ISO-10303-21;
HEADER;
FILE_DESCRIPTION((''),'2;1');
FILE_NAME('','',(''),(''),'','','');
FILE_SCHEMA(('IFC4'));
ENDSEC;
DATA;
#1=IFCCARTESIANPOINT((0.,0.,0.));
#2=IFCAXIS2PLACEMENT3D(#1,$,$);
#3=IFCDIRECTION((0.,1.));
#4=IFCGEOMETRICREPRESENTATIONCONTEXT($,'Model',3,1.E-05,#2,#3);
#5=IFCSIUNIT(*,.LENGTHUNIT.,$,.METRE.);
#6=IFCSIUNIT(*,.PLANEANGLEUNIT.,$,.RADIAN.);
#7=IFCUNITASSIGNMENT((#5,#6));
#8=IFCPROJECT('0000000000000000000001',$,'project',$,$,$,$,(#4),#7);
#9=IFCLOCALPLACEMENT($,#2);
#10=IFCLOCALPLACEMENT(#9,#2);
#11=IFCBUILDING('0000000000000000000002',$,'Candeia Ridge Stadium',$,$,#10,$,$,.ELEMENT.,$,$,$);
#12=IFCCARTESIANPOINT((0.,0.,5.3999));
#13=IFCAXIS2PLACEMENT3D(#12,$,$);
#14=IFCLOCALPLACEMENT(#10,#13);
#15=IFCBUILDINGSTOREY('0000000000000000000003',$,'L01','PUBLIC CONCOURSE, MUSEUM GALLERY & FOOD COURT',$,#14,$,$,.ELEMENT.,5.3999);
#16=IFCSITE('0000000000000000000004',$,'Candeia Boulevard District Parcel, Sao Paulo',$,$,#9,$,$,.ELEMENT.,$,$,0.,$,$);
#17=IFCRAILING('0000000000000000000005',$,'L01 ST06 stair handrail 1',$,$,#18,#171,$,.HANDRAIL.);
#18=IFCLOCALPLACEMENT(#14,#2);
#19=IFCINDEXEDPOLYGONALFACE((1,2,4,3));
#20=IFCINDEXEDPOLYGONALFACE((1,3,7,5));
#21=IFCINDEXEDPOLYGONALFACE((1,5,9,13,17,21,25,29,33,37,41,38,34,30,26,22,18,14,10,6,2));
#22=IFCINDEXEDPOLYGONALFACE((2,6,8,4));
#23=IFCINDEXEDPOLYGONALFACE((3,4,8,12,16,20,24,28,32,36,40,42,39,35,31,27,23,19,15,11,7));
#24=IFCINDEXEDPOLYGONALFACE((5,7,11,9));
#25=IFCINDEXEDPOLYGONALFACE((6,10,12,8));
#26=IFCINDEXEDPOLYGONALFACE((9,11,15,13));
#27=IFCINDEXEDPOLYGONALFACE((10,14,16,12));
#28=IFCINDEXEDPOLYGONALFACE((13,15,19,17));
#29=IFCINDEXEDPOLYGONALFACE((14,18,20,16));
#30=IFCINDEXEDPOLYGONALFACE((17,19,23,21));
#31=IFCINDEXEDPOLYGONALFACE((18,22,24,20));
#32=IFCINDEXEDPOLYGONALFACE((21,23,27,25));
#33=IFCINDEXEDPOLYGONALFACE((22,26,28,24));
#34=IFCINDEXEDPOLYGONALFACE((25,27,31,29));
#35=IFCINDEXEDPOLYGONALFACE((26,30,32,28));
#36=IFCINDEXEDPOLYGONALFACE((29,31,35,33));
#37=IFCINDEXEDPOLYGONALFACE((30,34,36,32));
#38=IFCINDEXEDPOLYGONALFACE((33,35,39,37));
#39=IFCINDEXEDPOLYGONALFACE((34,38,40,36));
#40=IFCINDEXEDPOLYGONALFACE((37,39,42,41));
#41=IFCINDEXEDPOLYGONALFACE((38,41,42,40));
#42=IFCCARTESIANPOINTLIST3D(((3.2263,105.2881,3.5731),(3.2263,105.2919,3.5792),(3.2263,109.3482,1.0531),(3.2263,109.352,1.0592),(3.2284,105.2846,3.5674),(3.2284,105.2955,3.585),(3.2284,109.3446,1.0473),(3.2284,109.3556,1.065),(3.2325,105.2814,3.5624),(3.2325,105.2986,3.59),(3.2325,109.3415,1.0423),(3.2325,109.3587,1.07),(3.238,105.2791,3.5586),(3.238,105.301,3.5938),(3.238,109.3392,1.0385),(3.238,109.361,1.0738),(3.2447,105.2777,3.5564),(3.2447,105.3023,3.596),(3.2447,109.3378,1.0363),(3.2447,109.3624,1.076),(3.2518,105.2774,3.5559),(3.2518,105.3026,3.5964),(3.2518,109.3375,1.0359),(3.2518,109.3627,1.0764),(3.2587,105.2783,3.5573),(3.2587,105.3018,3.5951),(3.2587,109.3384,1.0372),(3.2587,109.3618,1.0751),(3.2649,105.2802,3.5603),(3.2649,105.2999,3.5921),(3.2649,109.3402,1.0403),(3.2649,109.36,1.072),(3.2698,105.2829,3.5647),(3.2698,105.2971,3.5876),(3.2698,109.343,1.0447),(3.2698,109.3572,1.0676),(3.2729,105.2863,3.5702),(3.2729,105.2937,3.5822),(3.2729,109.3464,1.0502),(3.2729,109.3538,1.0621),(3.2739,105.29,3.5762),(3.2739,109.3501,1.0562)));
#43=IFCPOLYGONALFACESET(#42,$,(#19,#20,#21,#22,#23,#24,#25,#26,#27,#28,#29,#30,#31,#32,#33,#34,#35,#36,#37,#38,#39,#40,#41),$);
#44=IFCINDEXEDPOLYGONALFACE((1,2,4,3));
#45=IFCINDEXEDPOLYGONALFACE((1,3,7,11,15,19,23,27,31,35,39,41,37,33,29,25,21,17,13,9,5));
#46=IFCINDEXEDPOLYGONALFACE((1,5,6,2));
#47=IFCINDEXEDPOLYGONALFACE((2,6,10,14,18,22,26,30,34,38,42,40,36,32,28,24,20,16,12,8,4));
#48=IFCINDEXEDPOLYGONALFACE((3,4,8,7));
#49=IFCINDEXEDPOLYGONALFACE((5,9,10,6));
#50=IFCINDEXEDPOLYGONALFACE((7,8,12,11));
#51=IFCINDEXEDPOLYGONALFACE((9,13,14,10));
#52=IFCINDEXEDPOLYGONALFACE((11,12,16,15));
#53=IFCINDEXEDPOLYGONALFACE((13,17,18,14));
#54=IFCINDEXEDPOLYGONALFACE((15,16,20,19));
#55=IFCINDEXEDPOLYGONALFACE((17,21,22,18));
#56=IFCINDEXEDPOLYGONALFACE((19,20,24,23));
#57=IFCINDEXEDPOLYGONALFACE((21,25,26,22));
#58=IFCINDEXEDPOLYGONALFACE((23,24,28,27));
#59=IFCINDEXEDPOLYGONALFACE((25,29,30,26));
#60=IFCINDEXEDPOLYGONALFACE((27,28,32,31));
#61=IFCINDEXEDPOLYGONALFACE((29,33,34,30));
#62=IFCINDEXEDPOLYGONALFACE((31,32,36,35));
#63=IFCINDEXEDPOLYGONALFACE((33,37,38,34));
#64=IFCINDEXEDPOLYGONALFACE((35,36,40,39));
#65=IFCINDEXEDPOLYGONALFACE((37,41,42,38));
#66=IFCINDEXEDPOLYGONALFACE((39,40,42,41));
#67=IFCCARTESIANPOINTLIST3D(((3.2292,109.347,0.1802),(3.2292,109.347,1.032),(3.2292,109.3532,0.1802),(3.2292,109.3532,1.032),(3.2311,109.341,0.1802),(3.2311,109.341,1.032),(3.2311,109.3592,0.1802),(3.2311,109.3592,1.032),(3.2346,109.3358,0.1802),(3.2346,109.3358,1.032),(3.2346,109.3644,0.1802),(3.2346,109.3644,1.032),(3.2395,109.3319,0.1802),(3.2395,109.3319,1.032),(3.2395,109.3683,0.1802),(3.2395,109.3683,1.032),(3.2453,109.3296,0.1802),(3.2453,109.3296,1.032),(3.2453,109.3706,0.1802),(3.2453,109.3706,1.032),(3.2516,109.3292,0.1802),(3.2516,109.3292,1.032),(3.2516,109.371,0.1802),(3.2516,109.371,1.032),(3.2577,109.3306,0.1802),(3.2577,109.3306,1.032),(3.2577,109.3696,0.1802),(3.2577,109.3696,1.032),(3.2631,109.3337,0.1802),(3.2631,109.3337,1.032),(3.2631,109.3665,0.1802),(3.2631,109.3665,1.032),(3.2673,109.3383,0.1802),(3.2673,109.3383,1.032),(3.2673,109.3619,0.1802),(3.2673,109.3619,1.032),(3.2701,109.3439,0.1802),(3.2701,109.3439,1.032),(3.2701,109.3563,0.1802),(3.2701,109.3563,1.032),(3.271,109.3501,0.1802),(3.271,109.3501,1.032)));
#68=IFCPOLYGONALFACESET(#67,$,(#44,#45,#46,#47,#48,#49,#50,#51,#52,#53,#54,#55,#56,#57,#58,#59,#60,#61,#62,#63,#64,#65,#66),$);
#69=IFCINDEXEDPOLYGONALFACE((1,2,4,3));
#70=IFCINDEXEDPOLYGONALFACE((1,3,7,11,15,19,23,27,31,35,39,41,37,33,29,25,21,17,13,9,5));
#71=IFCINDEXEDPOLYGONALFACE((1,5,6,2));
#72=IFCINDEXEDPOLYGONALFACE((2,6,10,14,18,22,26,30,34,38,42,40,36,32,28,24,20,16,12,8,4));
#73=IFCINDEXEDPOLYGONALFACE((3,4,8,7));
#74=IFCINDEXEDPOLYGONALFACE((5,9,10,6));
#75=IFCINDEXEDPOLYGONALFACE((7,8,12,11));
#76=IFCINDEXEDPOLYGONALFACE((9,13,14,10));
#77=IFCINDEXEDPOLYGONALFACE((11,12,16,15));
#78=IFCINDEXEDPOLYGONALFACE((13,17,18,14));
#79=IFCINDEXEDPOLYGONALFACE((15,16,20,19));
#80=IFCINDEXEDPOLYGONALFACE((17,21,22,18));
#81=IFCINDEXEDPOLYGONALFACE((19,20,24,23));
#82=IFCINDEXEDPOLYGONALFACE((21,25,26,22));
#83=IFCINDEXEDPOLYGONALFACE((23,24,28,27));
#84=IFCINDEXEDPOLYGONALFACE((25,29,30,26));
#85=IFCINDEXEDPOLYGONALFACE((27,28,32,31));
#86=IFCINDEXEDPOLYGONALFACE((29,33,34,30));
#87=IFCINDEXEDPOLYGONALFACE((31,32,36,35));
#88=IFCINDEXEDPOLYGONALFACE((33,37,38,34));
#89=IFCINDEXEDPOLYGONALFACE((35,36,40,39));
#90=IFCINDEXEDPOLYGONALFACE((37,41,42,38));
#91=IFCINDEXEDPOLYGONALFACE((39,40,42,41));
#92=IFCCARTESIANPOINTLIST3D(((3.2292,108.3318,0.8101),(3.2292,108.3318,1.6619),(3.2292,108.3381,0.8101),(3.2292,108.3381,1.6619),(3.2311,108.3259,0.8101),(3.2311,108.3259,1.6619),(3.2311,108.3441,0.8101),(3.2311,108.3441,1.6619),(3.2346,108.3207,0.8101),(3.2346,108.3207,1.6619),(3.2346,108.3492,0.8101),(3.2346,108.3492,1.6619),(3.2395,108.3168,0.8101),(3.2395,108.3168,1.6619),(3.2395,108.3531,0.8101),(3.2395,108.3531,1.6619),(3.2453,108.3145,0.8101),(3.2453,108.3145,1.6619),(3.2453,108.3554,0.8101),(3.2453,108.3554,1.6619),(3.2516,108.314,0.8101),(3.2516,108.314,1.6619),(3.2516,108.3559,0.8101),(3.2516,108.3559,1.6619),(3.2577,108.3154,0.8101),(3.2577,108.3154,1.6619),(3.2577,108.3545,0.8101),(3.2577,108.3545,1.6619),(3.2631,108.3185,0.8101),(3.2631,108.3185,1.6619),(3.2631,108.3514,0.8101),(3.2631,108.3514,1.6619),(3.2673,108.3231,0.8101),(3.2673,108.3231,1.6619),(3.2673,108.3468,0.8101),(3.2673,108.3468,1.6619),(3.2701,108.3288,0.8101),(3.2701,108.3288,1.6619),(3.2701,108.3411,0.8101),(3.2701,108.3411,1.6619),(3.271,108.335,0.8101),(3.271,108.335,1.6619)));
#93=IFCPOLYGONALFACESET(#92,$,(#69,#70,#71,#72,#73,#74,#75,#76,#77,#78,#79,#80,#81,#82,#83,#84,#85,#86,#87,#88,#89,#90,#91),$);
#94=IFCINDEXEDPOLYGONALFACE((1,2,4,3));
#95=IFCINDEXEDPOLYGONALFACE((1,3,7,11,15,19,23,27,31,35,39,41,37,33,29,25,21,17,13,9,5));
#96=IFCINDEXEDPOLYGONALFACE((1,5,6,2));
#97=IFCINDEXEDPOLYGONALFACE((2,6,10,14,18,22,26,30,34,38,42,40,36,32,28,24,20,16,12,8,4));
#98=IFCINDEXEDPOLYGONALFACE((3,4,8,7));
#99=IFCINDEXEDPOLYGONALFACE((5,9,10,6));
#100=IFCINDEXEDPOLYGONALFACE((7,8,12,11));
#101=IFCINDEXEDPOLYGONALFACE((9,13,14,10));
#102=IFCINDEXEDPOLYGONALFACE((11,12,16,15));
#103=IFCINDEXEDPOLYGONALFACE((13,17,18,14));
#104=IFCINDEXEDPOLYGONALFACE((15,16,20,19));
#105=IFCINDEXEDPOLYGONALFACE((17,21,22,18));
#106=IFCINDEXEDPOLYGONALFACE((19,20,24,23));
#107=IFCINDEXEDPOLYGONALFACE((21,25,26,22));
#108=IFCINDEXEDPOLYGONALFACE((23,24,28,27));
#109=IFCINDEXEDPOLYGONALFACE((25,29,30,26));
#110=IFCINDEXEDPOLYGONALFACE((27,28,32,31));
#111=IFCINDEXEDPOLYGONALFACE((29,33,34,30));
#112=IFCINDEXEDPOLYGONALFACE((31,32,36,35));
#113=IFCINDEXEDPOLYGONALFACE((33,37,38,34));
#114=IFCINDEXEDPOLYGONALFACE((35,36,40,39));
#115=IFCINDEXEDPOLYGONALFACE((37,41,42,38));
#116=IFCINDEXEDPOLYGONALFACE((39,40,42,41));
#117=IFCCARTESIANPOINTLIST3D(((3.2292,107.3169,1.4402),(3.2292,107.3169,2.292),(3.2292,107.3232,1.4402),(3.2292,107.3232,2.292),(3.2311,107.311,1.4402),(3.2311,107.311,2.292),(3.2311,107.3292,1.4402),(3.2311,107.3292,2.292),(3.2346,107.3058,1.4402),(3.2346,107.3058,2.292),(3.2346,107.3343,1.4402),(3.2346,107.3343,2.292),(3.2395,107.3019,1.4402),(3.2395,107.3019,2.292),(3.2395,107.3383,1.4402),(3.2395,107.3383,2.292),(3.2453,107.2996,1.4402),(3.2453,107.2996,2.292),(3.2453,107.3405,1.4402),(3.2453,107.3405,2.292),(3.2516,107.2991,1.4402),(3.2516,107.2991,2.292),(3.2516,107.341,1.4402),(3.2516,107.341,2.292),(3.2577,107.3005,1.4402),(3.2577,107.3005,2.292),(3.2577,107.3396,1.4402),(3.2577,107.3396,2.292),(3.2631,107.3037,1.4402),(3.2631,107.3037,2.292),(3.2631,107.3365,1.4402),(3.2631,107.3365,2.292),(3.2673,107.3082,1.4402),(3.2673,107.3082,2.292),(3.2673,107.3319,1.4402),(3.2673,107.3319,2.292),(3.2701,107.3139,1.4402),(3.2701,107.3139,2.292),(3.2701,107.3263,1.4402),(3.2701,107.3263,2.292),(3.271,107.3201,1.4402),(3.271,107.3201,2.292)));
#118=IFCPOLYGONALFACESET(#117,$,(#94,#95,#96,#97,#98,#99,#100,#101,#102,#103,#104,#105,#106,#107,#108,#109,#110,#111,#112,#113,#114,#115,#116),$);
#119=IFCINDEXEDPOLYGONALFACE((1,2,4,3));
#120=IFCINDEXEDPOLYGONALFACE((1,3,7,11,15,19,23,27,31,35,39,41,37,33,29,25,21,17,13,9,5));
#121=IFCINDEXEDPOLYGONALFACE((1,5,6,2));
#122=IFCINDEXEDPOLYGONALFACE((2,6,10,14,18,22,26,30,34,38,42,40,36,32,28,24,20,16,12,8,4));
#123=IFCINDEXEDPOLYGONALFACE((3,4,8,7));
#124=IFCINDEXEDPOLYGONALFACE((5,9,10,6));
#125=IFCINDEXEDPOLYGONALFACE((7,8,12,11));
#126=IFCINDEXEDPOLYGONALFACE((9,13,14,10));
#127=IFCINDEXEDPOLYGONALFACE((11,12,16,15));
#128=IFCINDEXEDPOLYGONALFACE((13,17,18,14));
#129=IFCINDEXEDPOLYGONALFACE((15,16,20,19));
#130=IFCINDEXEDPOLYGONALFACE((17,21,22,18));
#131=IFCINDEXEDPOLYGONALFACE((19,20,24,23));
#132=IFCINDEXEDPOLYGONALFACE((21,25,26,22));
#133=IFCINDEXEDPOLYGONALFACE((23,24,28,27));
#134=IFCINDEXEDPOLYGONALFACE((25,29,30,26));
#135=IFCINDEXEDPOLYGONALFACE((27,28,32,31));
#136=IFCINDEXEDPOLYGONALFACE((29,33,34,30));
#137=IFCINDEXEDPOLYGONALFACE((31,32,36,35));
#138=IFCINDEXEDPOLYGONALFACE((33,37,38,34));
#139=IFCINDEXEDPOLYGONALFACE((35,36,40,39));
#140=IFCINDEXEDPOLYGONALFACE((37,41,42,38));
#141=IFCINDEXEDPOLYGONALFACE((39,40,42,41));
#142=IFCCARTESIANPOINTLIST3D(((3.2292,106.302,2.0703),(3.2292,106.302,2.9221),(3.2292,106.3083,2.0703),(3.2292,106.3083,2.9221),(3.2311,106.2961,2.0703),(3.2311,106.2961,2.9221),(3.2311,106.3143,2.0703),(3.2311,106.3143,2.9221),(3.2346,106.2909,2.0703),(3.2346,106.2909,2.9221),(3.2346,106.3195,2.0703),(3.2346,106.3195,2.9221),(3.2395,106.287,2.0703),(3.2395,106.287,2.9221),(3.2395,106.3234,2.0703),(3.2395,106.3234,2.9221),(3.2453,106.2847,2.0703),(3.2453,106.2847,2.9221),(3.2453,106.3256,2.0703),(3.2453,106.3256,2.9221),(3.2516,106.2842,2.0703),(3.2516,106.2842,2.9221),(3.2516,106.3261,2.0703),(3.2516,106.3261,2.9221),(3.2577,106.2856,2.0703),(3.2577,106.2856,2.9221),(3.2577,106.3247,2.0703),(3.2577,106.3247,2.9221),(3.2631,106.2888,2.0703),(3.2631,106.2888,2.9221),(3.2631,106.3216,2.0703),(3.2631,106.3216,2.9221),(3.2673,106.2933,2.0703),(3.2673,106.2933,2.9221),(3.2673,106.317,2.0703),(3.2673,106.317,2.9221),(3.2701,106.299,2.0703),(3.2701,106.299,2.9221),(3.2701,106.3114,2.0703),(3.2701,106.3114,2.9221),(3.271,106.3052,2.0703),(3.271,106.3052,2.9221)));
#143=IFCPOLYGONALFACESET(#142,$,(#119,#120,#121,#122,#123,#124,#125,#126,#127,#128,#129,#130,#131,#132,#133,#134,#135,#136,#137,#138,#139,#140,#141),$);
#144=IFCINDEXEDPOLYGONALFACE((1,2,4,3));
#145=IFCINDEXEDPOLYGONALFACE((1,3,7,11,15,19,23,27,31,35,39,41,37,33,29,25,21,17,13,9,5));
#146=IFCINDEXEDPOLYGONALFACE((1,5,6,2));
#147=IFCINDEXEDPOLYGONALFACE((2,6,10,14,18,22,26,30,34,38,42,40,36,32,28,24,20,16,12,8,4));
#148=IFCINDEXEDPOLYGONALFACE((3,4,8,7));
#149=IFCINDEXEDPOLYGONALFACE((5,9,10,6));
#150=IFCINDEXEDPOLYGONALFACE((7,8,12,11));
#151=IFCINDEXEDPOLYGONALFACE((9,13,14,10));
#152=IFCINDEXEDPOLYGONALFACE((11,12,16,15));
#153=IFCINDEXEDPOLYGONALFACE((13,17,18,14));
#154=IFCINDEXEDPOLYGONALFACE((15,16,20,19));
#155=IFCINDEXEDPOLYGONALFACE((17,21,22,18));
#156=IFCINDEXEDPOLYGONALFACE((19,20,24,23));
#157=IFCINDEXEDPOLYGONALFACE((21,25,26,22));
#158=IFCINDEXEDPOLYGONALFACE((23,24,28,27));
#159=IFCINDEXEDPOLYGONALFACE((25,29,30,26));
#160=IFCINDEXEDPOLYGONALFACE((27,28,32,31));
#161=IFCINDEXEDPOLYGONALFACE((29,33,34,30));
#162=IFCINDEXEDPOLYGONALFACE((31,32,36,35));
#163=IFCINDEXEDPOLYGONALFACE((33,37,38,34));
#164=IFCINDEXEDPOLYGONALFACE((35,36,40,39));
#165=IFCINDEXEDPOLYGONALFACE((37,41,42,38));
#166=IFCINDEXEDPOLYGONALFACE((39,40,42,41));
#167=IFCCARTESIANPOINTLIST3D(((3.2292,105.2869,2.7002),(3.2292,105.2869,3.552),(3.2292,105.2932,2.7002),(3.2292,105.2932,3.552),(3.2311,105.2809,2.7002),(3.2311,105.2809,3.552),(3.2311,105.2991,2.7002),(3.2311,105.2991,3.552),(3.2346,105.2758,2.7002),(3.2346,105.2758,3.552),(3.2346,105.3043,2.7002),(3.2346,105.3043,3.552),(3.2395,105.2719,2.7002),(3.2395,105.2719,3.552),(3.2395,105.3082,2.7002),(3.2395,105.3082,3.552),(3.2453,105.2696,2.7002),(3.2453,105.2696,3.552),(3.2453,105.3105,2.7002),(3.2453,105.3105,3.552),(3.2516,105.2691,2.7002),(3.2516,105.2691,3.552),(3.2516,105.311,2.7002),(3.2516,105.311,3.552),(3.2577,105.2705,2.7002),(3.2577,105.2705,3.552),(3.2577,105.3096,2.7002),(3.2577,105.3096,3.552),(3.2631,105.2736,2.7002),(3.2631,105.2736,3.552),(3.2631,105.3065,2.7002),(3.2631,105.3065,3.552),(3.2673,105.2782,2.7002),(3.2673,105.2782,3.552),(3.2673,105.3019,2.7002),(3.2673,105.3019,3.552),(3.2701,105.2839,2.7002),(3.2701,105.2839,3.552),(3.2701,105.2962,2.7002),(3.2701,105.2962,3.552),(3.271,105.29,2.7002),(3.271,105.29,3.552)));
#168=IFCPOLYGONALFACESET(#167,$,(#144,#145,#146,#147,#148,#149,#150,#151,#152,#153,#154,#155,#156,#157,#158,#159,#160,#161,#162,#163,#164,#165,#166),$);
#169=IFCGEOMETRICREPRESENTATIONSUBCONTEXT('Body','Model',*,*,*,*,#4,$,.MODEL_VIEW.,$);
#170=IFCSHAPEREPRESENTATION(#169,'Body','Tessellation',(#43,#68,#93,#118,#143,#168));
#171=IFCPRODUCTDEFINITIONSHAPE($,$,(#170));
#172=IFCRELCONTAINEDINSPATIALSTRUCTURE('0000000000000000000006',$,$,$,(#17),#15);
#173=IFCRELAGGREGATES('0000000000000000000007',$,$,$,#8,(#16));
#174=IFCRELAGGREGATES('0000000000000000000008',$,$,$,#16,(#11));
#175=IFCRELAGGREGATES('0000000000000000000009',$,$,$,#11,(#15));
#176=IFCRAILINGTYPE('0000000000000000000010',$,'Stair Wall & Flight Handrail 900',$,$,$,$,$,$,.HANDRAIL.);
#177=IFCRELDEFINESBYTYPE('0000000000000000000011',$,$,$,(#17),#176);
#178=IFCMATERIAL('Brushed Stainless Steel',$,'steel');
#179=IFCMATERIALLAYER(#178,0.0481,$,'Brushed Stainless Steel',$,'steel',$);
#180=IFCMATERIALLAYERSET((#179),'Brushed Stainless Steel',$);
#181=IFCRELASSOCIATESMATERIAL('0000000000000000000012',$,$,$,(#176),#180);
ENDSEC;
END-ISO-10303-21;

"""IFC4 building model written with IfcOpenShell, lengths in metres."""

from ifc_helpers import new_model, si_unit, direction, frame, origin, origin_2d, place, context, subcontext, project, spatial, circle, extrude, material, layer, layer_set, type_object, element, save


model = new_model("IFC4")

# Units and contexts
model_context = context("Model", 3, precision=1e-05, world=origin(), true_north=direction((0.0, 1.0)))
body_context = subcontext(model_context, "Body", "Model", "MODEL_VIEW")
ifc_project = project(units=[si_unit("LENGTHUNIT", "METRE"), si_unit("PLANEANGLEUNIT", "RADIAN")], contexts=[model_context])

# Site, building, storey
site_placement = place(None, origin())
site = spatial("IfcSite", under=ifc_project, at=site_placement, Name="Candeia Boulevard District Parcel, Sao Paulo", CompositionType="ELEMENT", RefElevation=0.0)
building_placement = place(site_placement, origin())
building = spatial("IfcBuilding", under=site, at=building_placement, Name="Candeia Ridge Stadium", CompositionType="ELEMENT")
storey_placement = place(building_placement, frame((0.0, 0.0, 5.3999)))
storey = spatial("IfcBuildingStorey", under=building, at=storey_placement, Name="L01", Description="PUBLIC CONCOURSE, MUSEUM GALLERY & FOOD COURT", CompositionType="ELEMENT", Elevation=5.3999)

# Railing
ifc_material_1 = material(Name="Brushed Stainless Steel", Category="steel")
ifc_layer_1 = layer(ifc_material_1, 0.0481, Name="Brushed Stainless Steel", Category="steel")
ifc_layer_set_1 = layer_set([ifc_layer_1], Name="Brushed Stainless Steel")
railing_type_1 = type_object("IfcRailingType", Name="Stair Wall & Flight Handrail 900", PredefinedType="HANDRAIL", material=ifc_layer_set_1)
railing_1_placement = place(storey_placement, frame((3.25, 109.3501, 0.1802)))
element("IfcRailing", 1, at=railing_1_placement, inside=storey, type_object=railing_type_1, Name="L01 ST06 stair handrail 1", PredefinedType="HANDRAIL", context=body_context, shape_type="SweptSolid", body=[
    extrude(circle(Radius=0.0239, at=origin_2d()), frame((0.0, 0.0, 0.876), z_axis=(0.0, -0.849642, 0.52736), x_axis=(1.0, 0.0, 0.0)), (0.0, 0.0, 1.0), 4.7786),
    extrude(circle(Radius=0.021, at=origin_2d()), origin(), (0.0, 0.0, 1.0), 0.8518),
    extrude(circle(Radius=0.021, at=origin_2d()), frame((0.0, -1.0151, 0.6299)), (0.0, 0.0, 1.0), 0.8518),
    extrude(circle(Radius=0.021, at=origin_2d()), frame((0.0, -2.03, 1.26)), (0.0, 0.0, 1.0), 0.8518),
    extrude(circle(Radius=0.021, at=origin_2d()), frame((0.0, -3.0449, 1.8901)), (0.0, 0.0, 1.0), 0.8518),
    extrude(circle(Radius=0.021, at=origin_2d()), frame((0.0, -4.0601, 2.52)), (0.0, 0.0, 1.0), 0.8518),
])

save(model, "model.ifc")
